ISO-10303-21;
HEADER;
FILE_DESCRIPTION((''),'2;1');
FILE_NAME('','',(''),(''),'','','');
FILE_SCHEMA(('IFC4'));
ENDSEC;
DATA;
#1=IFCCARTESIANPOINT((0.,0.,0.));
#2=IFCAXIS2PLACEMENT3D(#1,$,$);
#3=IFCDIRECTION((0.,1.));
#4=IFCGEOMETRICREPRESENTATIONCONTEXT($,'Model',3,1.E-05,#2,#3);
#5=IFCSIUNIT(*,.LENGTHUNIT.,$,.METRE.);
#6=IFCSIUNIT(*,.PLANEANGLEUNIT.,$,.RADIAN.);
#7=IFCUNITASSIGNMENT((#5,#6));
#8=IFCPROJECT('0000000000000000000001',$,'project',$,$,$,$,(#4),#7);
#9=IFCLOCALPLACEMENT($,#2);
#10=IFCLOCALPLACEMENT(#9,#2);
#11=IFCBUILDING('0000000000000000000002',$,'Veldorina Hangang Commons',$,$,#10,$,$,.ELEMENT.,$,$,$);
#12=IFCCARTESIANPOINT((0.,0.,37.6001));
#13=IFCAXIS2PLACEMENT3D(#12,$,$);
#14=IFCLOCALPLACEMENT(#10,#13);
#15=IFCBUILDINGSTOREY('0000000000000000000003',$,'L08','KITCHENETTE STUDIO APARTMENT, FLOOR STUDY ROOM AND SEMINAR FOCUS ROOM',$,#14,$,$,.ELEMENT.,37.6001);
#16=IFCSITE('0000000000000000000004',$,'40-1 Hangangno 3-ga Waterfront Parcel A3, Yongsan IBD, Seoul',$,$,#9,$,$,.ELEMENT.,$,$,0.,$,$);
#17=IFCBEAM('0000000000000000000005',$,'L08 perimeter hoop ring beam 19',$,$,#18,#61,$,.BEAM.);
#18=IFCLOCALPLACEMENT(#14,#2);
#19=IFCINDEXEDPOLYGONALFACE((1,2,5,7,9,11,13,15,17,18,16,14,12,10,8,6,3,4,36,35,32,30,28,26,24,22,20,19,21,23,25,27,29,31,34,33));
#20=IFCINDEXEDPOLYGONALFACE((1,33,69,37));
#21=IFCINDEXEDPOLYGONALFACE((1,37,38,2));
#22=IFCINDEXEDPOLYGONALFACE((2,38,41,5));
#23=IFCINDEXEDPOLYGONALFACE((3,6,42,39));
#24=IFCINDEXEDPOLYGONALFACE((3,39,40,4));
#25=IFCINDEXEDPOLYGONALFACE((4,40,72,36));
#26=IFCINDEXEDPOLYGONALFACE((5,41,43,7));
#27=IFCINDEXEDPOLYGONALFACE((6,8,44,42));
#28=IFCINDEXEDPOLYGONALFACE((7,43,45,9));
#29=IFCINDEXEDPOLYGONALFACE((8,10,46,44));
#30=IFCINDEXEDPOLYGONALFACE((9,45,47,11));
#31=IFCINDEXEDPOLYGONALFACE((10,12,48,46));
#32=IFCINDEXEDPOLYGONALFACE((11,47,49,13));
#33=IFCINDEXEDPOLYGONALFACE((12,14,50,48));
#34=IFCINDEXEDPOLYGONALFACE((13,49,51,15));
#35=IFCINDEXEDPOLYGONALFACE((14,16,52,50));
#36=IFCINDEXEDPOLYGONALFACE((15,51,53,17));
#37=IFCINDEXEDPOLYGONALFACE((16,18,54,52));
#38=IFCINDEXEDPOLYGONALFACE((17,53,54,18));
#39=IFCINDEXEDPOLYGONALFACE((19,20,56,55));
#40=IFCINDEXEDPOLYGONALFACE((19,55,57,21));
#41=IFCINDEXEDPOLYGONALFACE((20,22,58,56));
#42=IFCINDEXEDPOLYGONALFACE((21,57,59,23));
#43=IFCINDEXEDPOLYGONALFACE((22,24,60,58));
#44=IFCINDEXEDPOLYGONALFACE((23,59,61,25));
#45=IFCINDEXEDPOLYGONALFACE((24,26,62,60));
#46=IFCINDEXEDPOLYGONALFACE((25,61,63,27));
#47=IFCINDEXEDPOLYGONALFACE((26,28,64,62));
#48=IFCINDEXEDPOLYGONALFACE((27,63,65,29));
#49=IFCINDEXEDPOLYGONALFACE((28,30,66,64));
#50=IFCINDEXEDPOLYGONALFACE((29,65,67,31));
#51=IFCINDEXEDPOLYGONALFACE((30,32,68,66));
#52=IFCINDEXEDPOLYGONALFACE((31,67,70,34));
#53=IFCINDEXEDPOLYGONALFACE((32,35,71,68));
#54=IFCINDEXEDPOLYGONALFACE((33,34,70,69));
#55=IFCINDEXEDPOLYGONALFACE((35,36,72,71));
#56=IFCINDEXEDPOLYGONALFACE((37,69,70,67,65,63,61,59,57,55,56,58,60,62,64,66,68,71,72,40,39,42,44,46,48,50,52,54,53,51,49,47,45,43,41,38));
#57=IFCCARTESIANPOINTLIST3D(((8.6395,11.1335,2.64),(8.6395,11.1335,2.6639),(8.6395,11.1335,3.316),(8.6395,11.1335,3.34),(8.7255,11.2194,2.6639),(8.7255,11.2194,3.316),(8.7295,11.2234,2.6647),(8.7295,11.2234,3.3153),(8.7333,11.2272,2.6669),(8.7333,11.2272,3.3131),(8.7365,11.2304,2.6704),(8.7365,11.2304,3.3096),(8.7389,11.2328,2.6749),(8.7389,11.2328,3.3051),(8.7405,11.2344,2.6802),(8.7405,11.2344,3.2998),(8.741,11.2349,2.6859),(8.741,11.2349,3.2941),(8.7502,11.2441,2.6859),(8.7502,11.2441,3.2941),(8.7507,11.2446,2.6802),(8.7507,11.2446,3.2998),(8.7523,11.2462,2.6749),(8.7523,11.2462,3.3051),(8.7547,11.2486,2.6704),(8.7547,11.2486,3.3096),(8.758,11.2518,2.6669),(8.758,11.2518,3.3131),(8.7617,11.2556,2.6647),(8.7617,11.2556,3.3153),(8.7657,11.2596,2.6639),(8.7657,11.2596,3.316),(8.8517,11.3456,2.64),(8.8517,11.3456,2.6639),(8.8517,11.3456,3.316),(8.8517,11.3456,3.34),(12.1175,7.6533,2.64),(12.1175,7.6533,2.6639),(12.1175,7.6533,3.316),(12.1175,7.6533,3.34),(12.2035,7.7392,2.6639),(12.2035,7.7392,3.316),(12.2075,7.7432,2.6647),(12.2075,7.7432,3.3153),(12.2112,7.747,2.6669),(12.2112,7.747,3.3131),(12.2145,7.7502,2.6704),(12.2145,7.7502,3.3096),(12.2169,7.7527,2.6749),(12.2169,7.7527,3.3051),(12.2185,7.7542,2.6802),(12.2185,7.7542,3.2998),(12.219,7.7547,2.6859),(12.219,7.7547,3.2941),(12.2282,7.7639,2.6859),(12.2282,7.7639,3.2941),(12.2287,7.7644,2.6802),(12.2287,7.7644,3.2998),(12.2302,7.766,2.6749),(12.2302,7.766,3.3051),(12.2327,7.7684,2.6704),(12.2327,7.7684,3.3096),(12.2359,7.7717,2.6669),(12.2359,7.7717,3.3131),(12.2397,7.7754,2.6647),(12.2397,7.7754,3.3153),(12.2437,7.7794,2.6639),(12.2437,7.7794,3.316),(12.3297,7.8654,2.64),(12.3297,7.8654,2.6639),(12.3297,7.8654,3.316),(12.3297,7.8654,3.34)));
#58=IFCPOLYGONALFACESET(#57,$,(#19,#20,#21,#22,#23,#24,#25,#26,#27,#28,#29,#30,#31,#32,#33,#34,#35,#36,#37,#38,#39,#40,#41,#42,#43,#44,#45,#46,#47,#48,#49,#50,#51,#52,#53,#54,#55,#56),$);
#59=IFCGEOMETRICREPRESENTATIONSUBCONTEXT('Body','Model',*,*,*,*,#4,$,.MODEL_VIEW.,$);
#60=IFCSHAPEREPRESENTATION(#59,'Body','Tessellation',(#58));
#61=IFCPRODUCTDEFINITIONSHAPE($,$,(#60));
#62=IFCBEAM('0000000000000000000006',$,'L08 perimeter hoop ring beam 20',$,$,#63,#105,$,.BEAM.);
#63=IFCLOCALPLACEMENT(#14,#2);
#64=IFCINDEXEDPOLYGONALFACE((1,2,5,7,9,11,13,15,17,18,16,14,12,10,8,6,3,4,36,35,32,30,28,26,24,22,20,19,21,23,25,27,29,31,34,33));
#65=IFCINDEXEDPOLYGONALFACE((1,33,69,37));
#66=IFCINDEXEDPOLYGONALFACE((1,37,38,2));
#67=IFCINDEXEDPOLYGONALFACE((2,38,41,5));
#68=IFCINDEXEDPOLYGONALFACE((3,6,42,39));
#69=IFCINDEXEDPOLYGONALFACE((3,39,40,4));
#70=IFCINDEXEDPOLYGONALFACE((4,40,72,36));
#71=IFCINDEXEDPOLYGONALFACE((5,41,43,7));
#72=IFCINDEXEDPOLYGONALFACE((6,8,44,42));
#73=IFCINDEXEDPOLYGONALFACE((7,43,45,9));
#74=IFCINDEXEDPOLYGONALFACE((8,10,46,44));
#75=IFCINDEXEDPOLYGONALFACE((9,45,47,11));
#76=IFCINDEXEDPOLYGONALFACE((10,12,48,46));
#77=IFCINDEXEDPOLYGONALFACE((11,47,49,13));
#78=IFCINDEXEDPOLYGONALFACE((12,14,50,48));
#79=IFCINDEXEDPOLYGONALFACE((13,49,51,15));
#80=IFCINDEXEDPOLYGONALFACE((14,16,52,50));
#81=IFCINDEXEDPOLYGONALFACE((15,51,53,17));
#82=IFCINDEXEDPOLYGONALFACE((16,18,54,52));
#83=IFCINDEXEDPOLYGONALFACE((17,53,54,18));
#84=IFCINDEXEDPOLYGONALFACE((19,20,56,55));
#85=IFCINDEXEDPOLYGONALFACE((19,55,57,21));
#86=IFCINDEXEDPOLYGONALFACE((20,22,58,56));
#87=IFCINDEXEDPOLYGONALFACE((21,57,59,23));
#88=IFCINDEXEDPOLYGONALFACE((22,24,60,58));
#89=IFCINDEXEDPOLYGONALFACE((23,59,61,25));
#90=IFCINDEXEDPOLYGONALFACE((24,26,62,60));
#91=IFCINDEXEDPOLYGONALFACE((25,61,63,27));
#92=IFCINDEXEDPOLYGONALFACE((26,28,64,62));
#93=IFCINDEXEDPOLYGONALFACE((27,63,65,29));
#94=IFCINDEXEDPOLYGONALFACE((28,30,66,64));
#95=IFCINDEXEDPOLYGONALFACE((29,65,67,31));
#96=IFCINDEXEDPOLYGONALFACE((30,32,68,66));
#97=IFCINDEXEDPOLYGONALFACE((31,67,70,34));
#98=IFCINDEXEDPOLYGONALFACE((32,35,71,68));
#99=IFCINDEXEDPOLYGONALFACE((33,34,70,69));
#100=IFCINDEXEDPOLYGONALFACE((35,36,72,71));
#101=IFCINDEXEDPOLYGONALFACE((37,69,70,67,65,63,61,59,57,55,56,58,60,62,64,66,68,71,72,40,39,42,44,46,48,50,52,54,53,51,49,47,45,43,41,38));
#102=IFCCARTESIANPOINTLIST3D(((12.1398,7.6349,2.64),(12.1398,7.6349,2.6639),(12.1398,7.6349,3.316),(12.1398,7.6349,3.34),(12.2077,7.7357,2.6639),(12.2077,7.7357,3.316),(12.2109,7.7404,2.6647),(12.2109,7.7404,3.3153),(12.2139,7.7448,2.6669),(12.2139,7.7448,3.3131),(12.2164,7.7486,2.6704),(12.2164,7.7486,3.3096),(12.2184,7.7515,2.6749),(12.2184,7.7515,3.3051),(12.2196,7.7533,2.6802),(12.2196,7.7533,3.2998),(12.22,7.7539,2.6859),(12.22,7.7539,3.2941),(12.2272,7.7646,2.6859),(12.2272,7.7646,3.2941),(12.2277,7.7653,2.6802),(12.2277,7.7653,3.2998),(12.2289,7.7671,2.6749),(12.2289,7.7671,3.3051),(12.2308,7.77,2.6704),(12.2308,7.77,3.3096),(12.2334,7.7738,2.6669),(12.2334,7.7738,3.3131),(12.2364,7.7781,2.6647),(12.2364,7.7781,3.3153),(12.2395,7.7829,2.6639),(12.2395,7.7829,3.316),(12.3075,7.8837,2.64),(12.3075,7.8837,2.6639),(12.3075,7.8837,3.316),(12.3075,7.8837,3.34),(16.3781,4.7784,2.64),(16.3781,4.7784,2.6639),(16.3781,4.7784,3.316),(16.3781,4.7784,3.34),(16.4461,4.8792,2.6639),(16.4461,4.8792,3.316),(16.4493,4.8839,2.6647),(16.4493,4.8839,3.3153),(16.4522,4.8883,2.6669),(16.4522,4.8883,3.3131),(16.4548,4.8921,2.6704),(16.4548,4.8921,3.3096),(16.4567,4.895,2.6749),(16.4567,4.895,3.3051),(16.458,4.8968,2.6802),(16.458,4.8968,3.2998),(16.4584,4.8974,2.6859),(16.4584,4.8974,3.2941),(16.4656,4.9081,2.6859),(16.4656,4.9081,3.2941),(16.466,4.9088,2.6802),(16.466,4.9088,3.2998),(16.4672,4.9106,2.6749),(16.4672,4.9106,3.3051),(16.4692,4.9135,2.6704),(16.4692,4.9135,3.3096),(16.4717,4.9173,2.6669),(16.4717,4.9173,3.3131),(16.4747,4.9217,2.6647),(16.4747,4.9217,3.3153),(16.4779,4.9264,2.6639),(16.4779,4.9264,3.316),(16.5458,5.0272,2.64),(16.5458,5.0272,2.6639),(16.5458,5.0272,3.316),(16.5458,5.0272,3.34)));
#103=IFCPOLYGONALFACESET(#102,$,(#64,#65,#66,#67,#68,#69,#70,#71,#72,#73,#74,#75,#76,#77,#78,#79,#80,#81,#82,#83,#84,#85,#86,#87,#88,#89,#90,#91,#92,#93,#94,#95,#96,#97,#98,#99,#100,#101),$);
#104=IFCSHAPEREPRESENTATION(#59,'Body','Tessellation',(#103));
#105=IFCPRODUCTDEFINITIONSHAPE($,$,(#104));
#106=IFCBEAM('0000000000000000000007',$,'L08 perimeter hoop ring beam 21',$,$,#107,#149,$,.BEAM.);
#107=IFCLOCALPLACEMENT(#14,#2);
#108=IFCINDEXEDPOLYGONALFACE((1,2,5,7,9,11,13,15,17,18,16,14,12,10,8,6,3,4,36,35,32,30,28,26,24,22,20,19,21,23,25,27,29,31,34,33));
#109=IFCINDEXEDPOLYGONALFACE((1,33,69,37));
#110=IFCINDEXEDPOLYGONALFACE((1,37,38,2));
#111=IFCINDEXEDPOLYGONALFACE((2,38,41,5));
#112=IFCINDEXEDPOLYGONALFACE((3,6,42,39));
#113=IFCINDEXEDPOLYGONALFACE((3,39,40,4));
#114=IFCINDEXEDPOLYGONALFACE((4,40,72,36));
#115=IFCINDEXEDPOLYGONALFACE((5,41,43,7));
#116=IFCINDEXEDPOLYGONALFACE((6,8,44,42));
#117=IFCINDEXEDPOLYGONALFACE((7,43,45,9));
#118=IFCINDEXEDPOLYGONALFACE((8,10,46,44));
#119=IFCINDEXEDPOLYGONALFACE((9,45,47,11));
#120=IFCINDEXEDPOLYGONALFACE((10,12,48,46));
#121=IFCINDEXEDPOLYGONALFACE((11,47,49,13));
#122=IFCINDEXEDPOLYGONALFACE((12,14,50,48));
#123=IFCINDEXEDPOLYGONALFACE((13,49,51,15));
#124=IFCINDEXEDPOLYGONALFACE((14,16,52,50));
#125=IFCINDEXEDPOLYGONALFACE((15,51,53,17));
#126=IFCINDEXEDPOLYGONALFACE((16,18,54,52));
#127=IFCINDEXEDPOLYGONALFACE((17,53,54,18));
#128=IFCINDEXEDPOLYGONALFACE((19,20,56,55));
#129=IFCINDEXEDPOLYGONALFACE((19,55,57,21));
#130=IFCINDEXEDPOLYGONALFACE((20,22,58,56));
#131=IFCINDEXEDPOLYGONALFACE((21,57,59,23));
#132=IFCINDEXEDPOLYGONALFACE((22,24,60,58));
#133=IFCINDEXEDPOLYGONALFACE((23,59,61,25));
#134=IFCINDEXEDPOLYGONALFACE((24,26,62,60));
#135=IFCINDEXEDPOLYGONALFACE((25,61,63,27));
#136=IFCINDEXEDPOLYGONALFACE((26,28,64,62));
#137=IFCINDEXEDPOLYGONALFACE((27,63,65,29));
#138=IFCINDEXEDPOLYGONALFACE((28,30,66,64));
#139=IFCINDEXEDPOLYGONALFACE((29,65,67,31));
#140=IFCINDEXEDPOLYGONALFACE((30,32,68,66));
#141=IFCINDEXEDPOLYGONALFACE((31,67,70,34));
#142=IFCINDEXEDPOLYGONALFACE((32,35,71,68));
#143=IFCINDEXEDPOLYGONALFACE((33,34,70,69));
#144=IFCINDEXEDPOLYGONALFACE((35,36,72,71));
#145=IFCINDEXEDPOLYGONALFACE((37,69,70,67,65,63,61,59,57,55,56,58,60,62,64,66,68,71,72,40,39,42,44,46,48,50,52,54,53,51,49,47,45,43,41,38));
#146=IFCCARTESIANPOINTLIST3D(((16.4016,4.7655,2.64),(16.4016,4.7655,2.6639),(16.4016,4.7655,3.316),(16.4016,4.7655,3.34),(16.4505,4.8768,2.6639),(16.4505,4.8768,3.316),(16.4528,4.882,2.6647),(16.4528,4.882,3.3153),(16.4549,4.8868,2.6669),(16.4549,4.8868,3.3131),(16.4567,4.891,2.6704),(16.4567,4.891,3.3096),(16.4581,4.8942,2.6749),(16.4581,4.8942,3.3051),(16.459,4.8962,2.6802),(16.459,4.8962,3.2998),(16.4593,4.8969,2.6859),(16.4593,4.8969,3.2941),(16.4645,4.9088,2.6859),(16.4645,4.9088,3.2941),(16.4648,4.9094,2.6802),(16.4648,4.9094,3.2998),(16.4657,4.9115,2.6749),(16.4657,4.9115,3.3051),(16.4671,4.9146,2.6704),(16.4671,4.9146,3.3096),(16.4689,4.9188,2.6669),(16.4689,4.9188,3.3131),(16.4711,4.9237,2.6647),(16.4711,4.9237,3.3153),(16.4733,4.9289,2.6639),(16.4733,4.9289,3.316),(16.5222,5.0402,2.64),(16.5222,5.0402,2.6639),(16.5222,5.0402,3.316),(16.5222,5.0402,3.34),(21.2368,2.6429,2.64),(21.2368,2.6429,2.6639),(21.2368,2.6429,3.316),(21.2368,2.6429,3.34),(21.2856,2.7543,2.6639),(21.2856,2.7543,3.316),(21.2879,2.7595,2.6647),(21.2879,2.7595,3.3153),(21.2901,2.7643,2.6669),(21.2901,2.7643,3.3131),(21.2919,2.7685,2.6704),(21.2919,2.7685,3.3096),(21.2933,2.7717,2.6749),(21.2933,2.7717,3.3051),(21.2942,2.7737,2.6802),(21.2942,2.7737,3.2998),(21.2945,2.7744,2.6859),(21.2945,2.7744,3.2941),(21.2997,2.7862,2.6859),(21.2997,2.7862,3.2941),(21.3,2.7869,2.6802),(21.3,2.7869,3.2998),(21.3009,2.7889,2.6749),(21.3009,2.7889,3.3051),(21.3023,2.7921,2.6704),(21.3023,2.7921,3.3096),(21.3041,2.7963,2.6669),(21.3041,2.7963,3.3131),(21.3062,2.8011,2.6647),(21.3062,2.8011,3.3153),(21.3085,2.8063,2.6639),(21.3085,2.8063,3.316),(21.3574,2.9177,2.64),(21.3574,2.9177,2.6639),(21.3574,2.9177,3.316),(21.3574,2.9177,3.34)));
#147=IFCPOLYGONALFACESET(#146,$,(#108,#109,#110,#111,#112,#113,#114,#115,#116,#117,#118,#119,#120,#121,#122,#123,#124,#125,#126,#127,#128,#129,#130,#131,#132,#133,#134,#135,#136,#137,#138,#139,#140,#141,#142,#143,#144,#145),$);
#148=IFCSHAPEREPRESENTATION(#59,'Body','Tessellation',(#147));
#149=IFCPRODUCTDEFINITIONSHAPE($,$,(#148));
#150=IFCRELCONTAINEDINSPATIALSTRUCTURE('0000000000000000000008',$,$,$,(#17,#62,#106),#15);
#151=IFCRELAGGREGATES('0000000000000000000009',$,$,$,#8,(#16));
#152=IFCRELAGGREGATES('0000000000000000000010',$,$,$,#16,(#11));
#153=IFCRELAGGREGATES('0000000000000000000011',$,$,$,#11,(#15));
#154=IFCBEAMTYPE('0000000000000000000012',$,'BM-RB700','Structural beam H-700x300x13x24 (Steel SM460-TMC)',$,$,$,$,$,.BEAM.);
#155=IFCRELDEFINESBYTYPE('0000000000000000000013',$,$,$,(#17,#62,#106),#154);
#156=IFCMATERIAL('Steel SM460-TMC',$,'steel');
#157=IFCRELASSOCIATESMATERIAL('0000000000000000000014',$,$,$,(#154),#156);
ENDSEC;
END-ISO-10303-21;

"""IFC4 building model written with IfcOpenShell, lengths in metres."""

from ifc_helpers import new_model, si_unit, direction, frame, origin, origin_2d, place, context, subcontext, project, spatial, i_section, extrude, material, material_profile, profile_set, type_object, element, save


model = new_model("IFC4")

# Units and contexts
model_context = context("Model", 3, precision=1e-05, world=origin(), true_north=direction((0.0, 1.0)))
body_context = subcontext(model_context, "Body", "Model", "MODEL_VIEW")
ifc_project = project(units=[si_unit("LENGTHUNIT", "METRE"), si_unit("PLANEANGLEUNIT", "RADIAN")], contexts=[model_context])

# Site, building, storey
site_placement = place(None, origin())
site = spatial("IfcSite", under=ifc_project, at=site_placement, Name="40-1 Hangangno 3-ga Waterfront Parcel A3, Yongsan IBD, Seoul", CompositionType="ELEMENT", RefElevation=0.0)
building_placement = place(site_placement, origin())
building = spatial("IfcBuilding", under=site, at=building_placement, Name="Veldorina Hangang Commons", CompositionType="ELEMENT")
storey_placement = place(building_placement, frame((0.0, 0.0, 37.6001)))
storey = spatial("IfcBuildingStorey", under=building, at=storey_placement, Name="L08", Description="KITCHENETTE STUDIO APARTMENT, FLOOR STUDY ROOM AND SEMINAR FOCUS ROOM", CompositionType="ELEMENT", Elevation=37.6001)

# Beams
ifc_material_1 = material(Name="Steel SM460-TMC", Category="steel")
ifc_material_profile_1 = material_profile(ifc_material_1, i_section(OverallWidth=0.3, OverallDepth=0.7, WebThickness=0.0129, FlangeThickness=0.0239, FilletRadius=0.022, at=origin_2d()), Name="H-700x300x13x24")
ifc_profile_set_1 = profile_set([ifc_material_profile_1], Name="Steel SM460-TMC")
beam_type = type_object("IfcBeamType", Name="BM-RB700", Description="Structural beam H-700x300x13x24 (Steel SM460-TMC)", PredefinedType="BEAM", material=ifc_profile_set_1)
beam_1_placement = place(storey_placement, frame((8.7456, 11.2395, 2.99), z_axis=(0.706883, -0.70733, 0.0), x_axis=(0.70733, 0.706883, 0.0)))
element("IfcBeam", 1, at=beam_1_placement, inside=storey, type_object=beam_type, Name="L08 perimeter hoop ring beam 19", PredefinedType="BEAM", context=body_context, shape_type="SweptSolid", body=[
    extrude(i_section(OverallWidth=0.3, OverallDepth=0.7, WebThickness=0.0129, FlangeThickness=0.0239, FilletRadius=0.022, at=origin_2d()), origin(), (0.0, 0.0, 1.0), 4.9202),
])
beam_2_placement = place(storey_placement, frame((12.2236, 7.7593, 2.99), z_axis=(0.829247, -0.558882, 0.0), x_axis=(0.558882, 0.829247, 0.0)))
element("IfcBeam", 2, at=beam_2_placement, inside=storey, type_object=beam_type, Name="L08 perimeter hoop ring beam 20", PredefinedType="BEAM", context=body_context, shape_type="SweptSolid", body=[
    extrude(i_section(OverallWidth=0.3, OverallDepth=0.7, WebThickness=0.0129, FlangeThickness=0.0239, FilletRadius=0.022, at=origin_2d()), origin(), (0.0, 0.0, 1.0), 5.1111),
])
beam_3_placement = place(storey_placement, frame((16.4619, 4.9028, 2.99), z_axis=(0.915659, -0.401956, 0.0), x_axis=(0.401956, 0.915659, 0.0)))
element("IfcBeam", 3, at=beam_3_placement, inside=storey, type_object=beam_type, Name="L08 perimeter hoop ring beam 21", PredefinedType="BEAM", context=body_context, shape_type="SweptSolid", body=[
    extrude(i_section(OverallWidth=0.3, OverallDepth=0.7, WebThickness=0.0129, FlangeThickness=0.0239, FilletRadius=0.022, at=origin_2d()), origin(), (0.0, 0.0, 1.0), 5.2805),
])

save(model, "model.ifc")
